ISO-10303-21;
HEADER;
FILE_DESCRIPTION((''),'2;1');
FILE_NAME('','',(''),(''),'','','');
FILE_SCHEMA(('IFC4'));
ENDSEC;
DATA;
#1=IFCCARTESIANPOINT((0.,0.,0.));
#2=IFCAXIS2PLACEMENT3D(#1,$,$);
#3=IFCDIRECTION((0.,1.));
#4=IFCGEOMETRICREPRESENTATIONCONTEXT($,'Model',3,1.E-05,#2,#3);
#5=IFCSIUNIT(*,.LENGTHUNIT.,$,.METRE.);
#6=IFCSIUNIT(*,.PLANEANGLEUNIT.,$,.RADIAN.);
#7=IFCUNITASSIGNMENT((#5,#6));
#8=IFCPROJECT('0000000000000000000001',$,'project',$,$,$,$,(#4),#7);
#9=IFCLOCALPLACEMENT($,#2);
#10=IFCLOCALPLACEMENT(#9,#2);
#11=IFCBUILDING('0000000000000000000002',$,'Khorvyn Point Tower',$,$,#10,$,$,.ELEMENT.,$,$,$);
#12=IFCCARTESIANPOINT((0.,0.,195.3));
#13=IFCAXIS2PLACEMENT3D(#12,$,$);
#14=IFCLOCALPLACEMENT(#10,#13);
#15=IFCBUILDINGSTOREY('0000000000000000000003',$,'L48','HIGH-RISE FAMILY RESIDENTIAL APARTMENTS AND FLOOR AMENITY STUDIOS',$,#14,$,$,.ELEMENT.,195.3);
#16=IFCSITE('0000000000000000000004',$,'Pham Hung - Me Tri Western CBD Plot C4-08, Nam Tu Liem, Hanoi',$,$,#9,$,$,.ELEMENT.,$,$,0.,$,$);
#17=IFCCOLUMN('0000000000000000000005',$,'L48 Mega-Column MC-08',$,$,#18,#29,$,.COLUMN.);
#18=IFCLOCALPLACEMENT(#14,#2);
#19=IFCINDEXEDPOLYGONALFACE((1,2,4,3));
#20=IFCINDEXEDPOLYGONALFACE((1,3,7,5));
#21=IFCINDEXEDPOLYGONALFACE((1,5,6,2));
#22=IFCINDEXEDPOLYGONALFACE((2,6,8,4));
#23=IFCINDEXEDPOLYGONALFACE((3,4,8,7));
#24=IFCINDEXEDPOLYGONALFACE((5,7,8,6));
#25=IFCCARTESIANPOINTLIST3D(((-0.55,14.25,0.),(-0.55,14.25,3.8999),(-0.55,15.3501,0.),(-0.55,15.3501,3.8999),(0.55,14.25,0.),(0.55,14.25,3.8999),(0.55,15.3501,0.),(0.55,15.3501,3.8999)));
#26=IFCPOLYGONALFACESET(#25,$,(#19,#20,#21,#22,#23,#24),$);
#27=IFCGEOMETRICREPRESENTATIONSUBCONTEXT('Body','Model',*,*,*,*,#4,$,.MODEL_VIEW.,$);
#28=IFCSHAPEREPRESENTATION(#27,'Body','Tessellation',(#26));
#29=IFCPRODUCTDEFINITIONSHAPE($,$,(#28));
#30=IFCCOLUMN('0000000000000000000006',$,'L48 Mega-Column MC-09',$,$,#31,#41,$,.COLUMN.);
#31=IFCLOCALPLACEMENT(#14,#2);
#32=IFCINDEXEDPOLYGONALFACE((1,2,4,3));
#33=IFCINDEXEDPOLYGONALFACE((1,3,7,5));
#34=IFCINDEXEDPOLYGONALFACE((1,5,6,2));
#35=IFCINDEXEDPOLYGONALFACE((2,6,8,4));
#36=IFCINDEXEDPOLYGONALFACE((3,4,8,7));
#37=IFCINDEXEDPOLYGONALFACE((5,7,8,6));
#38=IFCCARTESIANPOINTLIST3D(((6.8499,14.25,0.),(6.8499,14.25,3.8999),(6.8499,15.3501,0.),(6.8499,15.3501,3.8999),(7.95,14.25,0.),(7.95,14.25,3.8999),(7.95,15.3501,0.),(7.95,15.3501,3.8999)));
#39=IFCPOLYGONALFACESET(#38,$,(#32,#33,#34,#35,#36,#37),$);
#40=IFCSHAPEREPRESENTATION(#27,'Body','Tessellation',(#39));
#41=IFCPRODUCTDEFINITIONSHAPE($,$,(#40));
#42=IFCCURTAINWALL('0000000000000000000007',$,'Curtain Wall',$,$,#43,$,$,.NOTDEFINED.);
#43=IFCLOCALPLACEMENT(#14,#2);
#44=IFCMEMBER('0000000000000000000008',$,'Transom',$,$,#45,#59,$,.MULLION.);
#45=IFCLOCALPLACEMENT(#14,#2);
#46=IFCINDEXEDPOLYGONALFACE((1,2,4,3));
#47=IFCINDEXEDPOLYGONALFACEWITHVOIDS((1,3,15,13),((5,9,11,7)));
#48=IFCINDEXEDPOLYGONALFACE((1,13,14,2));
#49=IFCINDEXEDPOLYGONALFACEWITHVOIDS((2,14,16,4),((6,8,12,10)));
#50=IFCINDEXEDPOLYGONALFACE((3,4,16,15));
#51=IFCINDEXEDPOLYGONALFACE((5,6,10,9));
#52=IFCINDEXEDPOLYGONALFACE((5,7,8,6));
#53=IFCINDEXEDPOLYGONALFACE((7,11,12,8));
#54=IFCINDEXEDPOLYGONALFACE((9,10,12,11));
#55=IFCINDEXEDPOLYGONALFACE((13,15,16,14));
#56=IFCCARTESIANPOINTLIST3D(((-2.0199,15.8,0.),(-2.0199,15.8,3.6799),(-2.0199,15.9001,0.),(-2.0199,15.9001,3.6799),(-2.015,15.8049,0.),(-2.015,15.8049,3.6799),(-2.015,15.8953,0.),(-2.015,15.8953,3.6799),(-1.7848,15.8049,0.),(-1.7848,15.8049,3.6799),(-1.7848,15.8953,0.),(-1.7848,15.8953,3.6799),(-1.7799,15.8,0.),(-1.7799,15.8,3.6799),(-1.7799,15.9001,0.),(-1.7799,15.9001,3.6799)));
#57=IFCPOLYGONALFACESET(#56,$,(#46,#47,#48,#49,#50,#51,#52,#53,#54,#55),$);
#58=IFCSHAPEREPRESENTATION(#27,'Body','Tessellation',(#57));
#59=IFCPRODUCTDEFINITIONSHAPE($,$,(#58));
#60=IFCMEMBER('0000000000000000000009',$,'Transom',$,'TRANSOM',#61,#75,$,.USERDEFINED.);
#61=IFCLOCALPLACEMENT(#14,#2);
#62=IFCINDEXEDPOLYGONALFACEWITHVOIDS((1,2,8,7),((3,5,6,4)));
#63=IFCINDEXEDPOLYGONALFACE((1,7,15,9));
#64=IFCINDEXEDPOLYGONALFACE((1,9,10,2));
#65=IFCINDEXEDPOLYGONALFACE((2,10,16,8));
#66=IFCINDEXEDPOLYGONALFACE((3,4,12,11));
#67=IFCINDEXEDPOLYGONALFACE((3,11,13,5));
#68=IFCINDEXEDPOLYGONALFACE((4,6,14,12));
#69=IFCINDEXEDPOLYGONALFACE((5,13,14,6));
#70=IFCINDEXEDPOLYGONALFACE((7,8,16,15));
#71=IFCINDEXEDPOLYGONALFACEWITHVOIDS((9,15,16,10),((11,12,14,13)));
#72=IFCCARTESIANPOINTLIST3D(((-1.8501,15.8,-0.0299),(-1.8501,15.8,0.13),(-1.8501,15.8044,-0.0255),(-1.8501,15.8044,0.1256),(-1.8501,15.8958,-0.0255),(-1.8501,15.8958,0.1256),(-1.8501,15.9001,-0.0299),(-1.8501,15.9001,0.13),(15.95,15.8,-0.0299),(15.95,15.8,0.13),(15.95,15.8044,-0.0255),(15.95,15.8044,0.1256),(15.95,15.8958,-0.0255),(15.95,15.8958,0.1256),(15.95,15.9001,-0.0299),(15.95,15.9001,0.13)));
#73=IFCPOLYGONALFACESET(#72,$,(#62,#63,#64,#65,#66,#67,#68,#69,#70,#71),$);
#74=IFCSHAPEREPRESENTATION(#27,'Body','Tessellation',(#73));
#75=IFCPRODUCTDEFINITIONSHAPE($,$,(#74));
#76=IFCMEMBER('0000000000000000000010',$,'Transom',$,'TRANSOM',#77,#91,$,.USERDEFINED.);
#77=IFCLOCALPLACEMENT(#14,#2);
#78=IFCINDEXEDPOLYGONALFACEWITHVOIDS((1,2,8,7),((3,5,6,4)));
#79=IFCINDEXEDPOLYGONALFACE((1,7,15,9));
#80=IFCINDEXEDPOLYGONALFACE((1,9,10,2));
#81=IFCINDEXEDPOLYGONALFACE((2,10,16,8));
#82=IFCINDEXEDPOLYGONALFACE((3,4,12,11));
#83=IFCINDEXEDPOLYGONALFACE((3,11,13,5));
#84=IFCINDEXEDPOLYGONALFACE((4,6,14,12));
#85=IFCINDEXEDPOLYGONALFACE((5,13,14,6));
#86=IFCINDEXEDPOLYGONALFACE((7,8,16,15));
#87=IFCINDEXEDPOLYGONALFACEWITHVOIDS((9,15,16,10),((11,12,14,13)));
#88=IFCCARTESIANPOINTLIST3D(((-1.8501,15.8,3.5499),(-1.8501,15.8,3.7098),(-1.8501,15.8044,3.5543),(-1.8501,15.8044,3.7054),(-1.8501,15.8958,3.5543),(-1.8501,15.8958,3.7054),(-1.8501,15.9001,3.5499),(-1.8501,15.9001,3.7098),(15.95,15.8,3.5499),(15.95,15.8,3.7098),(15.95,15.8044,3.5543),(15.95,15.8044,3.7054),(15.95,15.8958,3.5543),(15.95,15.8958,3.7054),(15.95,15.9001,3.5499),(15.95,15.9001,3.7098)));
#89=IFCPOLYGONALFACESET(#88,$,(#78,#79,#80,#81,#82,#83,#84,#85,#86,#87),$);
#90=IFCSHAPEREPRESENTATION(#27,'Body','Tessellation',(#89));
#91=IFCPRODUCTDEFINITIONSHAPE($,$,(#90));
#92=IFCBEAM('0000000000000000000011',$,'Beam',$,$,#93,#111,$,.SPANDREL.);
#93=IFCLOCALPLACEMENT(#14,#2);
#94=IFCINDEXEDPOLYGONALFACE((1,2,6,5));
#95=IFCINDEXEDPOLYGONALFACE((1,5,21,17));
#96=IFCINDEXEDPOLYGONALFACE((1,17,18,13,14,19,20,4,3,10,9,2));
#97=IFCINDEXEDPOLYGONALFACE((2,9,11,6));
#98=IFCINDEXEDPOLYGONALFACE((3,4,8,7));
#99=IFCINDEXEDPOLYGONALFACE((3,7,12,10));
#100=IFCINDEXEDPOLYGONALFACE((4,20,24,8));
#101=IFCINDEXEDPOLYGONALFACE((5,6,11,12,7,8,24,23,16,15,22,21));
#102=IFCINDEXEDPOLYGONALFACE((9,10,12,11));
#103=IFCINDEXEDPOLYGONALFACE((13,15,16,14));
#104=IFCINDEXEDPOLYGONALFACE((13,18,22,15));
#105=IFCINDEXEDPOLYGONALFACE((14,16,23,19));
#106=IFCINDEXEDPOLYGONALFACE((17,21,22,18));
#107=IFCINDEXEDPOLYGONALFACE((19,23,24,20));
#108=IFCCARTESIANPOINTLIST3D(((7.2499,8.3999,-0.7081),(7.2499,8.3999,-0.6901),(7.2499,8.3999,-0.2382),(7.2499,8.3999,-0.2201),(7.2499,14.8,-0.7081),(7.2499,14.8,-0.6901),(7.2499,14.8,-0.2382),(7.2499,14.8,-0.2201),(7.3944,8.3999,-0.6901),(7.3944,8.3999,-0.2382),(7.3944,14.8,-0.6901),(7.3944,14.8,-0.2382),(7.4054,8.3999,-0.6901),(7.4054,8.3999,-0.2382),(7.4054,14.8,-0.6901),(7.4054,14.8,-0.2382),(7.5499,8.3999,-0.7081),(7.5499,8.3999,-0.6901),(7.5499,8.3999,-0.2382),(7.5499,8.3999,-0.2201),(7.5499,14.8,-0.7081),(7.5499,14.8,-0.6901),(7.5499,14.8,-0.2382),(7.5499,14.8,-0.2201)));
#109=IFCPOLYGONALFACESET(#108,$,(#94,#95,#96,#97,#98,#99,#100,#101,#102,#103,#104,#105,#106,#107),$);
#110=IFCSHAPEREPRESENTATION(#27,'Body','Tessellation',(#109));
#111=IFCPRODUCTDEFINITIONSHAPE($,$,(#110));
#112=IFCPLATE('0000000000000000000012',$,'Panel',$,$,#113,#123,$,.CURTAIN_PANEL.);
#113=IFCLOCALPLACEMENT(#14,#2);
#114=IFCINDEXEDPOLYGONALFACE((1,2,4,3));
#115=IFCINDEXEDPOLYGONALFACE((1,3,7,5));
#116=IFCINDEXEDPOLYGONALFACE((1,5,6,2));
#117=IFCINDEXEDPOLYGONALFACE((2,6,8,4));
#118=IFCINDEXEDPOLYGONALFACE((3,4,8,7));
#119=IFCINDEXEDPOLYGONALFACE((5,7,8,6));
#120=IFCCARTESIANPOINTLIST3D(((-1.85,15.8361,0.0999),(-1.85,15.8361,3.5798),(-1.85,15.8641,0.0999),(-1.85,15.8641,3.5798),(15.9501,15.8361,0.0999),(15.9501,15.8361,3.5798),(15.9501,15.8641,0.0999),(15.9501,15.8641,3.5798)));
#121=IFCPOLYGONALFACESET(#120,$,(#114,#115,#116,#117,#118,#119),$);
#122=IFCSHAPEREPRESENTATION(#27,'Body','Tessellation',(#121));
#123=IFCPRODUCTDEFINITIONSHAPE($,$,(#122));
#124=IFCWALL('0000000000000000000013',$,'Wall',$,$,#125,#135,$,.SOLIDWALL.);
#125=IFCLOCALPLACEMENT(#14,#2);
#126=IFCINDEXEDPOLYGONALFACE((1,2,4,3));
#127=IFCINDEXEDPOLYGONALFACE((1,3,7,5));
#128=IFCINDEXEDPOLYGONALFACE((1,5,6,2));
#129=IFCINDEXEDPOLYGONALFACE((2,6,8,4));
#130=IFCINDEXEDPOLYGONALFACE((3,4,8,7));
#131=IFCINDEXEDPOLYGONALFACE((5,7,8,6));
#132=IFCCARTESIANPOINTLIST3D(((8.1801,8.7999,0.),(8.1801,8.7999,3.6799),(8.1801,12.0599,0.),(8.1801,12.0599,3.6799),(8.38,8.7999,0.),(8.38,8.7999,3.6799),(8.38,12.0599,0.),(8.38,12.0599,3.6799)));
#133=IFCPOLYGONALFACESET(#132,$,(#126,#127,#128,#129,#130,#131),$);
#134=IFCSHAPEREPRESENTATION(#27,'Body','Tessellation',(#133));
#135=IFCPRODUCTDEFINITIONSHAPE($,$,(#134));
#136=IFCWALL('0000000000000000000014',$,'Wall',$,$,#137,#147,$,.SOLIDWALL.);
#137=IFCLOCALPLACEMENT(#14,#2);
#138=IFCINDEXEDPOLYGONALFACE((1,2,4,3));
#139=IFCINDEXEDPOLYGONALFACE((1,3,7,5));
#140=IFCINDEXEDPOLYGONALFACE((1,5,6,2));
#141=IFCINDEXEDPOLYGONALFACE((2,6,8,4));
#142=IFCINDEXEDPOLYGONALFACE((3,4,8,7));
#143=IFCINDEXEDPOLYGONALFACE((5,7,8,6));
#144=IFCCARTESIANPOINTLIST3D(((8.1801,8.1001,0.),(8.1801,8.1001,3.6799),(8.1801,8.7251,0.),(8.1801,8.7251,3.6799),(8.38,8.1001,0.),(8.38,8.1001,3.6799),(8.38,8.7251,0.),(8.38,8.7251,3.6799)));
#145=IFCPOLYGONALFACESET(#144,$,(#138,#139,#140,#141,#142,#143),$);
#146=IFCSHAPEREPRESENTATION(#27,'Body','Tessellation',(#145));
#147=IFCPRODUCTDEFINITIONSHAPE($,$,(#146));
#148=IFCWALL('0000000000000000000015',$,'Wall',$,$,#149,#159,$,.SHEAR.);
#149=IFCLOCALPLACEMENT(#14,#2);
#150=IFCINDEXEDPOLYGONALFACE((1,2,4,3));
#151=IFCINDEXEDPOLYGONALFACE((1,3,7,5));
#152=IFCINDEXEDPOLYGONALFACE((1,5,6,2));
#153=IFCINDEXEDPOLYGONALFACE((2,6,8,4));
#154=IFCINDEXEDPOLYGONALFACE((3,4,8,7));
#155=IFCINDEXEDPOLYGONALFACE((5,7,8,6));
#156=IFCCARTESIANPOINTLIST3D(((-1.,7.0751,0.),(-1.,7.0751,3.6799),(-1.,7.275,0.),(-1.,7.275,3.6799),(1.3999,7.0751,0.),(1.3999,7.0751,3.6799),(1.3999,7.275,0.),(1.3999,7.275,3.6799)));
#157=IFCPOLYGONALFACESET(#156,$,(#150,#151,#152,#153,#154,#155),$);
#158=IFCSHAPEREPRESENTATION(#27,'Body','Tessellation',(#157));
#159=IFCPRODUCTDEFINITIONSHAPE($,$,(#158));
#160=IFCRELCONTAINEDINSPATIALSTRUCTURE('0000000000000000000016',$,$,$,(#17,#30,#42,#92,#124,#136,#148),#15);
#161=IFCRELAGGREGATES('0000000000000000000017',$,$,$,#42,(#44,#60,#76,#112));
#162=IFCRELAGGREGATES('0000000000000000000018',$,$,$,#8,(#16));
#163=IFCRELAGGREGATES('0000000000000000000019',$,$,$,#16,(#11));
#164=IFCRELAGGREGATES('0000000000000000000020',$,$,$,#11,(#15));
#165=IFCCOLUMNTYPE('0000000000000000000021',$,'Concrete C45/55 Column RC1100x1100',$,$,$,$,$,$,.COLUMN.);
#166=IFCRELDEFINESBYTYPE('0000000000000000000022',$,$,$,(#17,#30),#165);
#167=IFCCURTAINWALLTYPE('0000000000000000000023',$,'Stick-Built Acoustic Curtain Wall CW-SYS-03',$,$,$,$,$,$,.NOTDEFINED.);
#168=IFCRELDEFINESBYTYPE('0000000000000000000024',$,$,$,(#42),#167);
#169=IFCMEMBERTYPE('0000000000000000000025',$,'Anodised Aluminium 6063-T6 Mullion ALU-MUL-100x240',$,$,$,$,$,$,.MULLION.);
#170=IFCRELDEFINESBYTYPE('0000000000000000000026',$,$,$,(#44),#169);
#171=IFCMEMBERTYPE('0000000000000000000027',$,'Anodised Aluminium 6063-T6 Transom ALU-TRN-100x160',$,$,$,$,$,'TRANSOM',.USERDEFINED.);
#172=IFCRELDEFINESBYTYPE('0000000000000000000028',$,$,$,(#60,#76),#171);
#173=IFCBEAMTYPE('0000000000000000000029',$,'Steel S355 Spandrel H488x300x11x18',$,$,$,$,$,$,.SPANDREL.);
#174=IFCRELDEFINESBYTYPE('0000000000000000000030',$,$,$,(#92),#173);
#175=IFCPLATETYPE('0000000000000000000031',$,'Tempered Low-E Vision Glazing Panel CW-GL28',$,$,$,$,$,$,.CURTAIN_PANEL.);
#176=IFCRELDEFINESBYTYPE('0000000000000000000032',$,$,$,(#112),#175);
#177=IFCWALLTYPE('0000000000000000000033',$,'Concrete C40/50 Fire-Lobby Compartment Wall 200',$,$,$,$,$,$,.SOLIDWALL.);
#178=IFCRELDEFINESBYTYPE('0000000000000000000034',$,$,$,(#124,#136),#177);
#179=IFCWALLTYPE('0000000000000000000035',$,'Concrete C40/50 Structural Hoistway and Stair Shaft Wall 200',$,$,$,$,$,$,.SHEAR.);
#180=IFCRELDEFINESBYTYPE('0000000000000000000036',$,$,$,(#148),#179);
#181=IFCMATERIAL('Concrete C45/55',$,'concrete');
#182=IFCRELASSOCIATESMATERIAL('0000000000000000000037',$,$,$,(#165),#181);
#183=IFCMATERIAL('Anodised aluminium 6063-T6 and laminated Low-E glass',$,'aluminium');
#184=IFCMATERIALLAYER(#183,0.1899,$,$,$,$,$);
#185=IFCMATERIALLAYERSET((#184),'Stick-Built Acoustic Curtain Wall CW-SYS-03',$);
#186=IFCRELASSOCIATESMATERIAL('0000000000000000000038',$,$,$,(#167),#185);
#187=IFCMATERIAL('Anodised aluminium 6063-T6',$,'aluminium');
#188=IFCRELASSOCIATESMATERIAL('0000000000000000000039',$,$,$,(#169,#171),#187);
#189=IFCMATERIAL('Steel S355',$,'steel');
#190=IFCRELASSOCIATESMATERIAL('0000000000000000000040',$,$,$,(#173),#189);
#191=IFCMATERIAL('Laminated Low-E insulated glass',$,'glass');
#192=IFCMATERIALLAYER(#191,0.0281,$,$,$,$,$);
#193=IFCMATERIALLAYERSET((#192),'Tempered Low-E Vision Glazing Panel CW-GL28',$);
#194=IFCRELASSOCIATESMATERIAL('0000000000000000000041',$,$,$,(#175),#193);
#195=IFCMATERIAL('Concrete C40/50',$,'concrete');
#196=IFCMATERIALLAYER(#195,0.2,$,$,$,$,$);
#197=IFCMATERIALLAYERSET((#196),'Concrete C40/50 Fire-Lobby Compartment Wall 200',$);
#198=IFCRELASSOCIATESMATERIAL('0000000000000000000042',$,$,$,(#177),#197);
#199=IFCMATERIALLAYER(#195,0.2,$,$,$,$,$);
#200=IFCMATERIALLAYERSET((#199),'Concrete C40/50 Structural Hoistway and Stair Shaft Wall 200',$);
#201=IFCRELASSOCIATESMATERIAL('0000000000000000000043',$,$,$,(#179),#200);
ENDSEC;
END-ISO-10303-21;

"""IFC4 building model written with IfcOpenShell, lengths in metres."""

from ifc_helpers import new_model, si_unit, direction, frame, frame_2d, origin, origin_2d, place, context, subcontext, project, spatial, rectangle, hollow_rectangle, i_section, extrude, material, layer, layer_set, material_profile, profile_set, type_object, element, aggregate, save


model = new_model("IFC4")

# Units and contexts
model_context = context("Model", 3, precision=1e-05, world=origin(), true_north=direction((0.0, 1.0)))
body_context = subcontext(model_context, "Body", "Model", "MODEL_VIEW")
ifc_project = project(units=[si_unit("LENGTHUNIT", "METRE"), si_unit("PLANEANGLEUNIT", "RADIAN")], contexts=[model_context])

# Site, building, storey
site_placement = place(None, origin())
site = spatial("IfcSite", under=ifc_project, at=site_placement, Name="Pham Hung - Me Tri Western CBD Plot C4-08, Nam Tu Liem, Hanoi", CompositionType="ELEMENT", RefElevation=0.0)
building_placement = place(site_placement, origin())
building = spatial("IfcBuilding", under=site, at=building_placement, Name="Khorvyn Point Tower", CompositionType="ELEMENT")
storey_placement = place(building_placement, frame((0.0, 0.0, 195.3)))
storey = spatial("IfcBuildingStorey", under=building, at=storey_placement, Name="L48", Description="HIGH-RISE FAMILY RESIDENTIAL APARTMENTS AND FLOOR AMENITY STUDIOS", CompositionType="ELEMENT", Elevation=195.3)

# Columns
ifc_material_1 = material(Name="Concrete C45/55", Category="concrete")
ifc_material_profile_1 = material_profile(ifc_material_1, rectangle(XDim=1.1001, YDim=1.1001, at=origin_2d()))
ifc_profile_set_1 = profile_set([ifc_material_profile_1], Name="Concrete C45/55 RC1100x1100")
column_type = type_object("IfcColumnType", Name="Concrete C45/55 Column RC1100x1100", PredefinedType="COLUMN", material=ifc_profile_set_1)
for number, where, z_axis, x_axis, name in (
    (1, (0.0, 14.8, 0.0), (0.0, 0.0, 1.0), (1.0, 0.0, 0.0), "L48 Mega-Column MC-08"),
    (2, (7.3999, 14.8, 0.0), (0.0, 0.0, 1.0), (1.0, 0.0, 0.0), "L48 Mega-Column MC-09"),
):
    element("IfcColumn", number, at=place(storey_placement, frame(where, z_axis=z_axis, x_axis=x_axis)), inside=storey, type_object=column_type, Name=name, PredefinedType="COLUMN", context=body_context, shape_type="SweptSolid", body=[
        extrude(rectangle(XDim=1.1001, YDim=1.1001, at=origin_2d()), origin(), (0.0, 0.0, 1.0), 3.8999),
    ])

# Curtain wall, members
ifc_material_2 = material(Name="Anodised aluminium 6063-T6 and laminated Low-E glass", Category="aluminium")
ifc_layer_1 = layer(ifc_material_2, 0.1899)
ifc_layer_set_1 = layer_set([ifc_layer_1], Name="Stick-Built Acoustic Curtain Wall CW-SYS-03")
curtain_wall_type = type_object("IfcCurtainWallType", Name="Stick-Built Acoustic Curtain Wall CW-SYS-03", PredefinedType="NOTDEFINED", material=ifc_layer_set_1)
curtain_wall_placement = place(storey_placement, origin())
curtain_wall = element("IfcCurtainWall", 3, at=curtain_wall_placement, inside=storey, type_object=curtain_wall_type, Name="Curtain Wall", PredefinedType="NOTDEFINED")
ifc_material_3 = material(Name="Anodised aluminium 6063-T6", Category="aluminium")
ifc_material_profile_2 = material_profile(ifc_material_3, hollow_rectangle(XDim=0.1001, YDim=0.24, WallThickness=0.0049, at=origin_2d()))
ifc_profile_set_2 = profile_set([ifc_material_profile_2], Name="Anodised aluminium 6063-T6 ALU-MUL-100x240")
member_type_1 = type_object("IfcMemberType", Name="Anodised Aluminium 6063-T6 Mullion ALU-MUL-100x240", PredefinedType="MULLION", material=ifc_profile_set_2)
member_1_placement = place(storey_placement, frame((-1.8999, 15.8501, 0.0), z_axis=(0.0, 0.0, 1.0), x_axis=(0.0, 1.0, 0.0)))
member_1 = element("IfcMember", 4, at=member_1_placement, type_object=member_type_1, Name="Transom", PredefinedType="MULLION", context=body_context, shape_type="SweptSolid", body=[
    extrude(hollow_rectangle(XDim=0.1001, YDim=0.24, WallThickness=0.0049, at=origin_2d()), origin(), (0.0, 0.0, 1.0), 3.6799),
])
ifc_material_profile_3 = material_profile(ifc_material_3, hollow_rectangle(XDim=0.1001, YDim=0.1599, WallThickness=0.0044, at=origin_2d()))
ifc_profile_set_3 = profile_set([ifc_material_profile_3], Name="Anodised aluminium 6063-T6 ALU-TRN-100x160")
member_type_2 = type_object("IfcMemberType", Name="Anodised Aluminium 6063-T6 Transom ALU-TRN-100x160", ElementType="TRANSOM", PredefinedType="USERDEFINED", material=ifc_profile_set_3)
member_2_placement = place(storey_placement, frame((-1.8501, 15.8501, 0.05), z_axis=(1.0, 0.0, 0.0), x_axis=(0.0, 1.0, 0.0)))
member_2 = element("IfcMember", 5, at=member_2_placement, type_object=member_type_2, Name="Transom", ObjectType="TRANSOM", PredefinedType="USERDEFINED", context=body_context, shape_type="SweptSolid", body=[
    extrude(hollow_rectangle(XDim=0.1001, YDim=0.1599, WallThickness=0.0044, at=origin_2d()), origin(), (0.0, 0.0, 1.0), 17.8),
])
member_3_placement = place(storey_placement, frame((-1.8501, 15.8501, 3.6299), z_axis=(1.0, 0.0, 0.0), x_axis=(0.0, 1.0, 0.0)))
member_3 = element("IfcMember", 6, at=member_3_placement, type_object=member_type_2, Name="Transom", ObjectType="TRANSOM", PredefinedType="USERDEFINED", context=body_context, shape_type="SweptSolid", body=[
    extrude(hollow_rectangle(XDim=0.1001, YDim=0.1599, WallThickness=0.0044, at=origin_2d()), origin(), (0.0, 0.0, 1.0), 17.8),
])

# Beam
ifc_material_4 = material(Name="Steel S355", Category="steel")
ifc_material_profile_4 = material_profile(ifc_material_4, i_section(OverallWidth=0.3, OverallDepth=0.488, WebThickness=0.011, FlangeThickness=0.0181, at=origin_2d()))
ifc_profile_set_4 = profile_set([ifc_material_profile_4], Name="Steel S355 H488x300x11x18")
beam_type = type_object("IfcBeamType", Name="Steel S355 Spandrel H488x300x11x18", PredefinedType="SPANDREL", material=ifc_profile_set_4)
beam_placement = place(storey_placement, frame((7.3999, 8.3999, -0.4641), z_axis=(0.0, 1.0, 0.0), x_axis=(-1.0, 0.0, 0.0)))
element("IfcBeam", 7, at=beam_placement, inside=storey, type_object=beam_type, Name="Beam", PredefinedType="SPANDREL", context=body_context, shape_type="SweptSolid", body=[
    extrude(i_section(OverallWidth=0.3, OverallDepth=0.488, WebThickness=0.011, FlangeThickness=0.0181, at=origin_2d()), origin(), (0.0, 0.0, 1.0), 6.4001),
])

# Plate
ifc_material_5 = material(Name="Laminated Low-E insulated glass", Category="glass")
ifc_layer_2 = layer(ifc_material_5, 0.0281)
ifc_layer_set_2 = layer_set([ifc_layer_2], Name="Tempered Low-E Vision Glazing Panel CW-GL28")
plate_type = type_object("IfcPlateType", Name="Tempered Low-E Vision Glazing Panel CW-GL28", PredefinedType="CURTAIN_PANEL", material=ifc_layer_set_2)
plate_placement = place(storey_placement, frame((7.05, 15.8501, 0.0999), z_axis=(0.0, 0.0, 1.0), x_axis=(1.0, 0.0, 0.0)))
plate = element("IfcPlate", 8, at=plate_placement, type_object=plate_type, Name="Panel", PredefinedType="CURTAIN_PANEL", context=body_context, shape_type="SweptSolid", body=[
    extrude(rectangle(XDim=17.8, YDim=0.0281, at=origin_2d()), origin(), (0.0, 0.0, 1.0), 3.48),
])
aggregate(curtain_wall, [member_1, member_2, member_3, plate])

# Shared definitions
ifc_material_6 = material(Name="Concrete C40/50", Category="concrete")
ifc_layer_3 = layer(ifc_material_6, 0.2)
ifc_layer_set_3 = layer_set([ifc_layer_3], Name="Concrete C40/50 Fire-Lobby Compartment Wall 200")
wall_type_1 = type_object("IfcWallType", Name="Concrete C40/50 Fire-Lobby Compartment Wall 200", PredefinedType="SOLIDWALL", material=ifc_layer_set_3)

# Walls
wall_1_placement = place(storey_placement, frame((8.28, 8.8, 0.0), z_axis=(0.0, 0.0, 1.0), x_axis=(0.0, 1.0, 0.0)))
element("IfcWall", 9, at=wall_1_placement, inside=storey, type_object=wall_type_1, Name="Wall", PredefinedType="SOLIDWALL", context=body_context, shape_type="SweptSolid", body=[
    extrude(rectangle(XDim=3.26, YDim=0.2, at=frame_2d((1.6299, 0.0))), origin(), (0.0, 0.0, 1.0), 3.6799),
])
wall_2_placement = place(storey_placement, frame((8.28, 8.1001, 0.0), z_axis=(0.0, 0.0, 1.0), x_axis=(0.0, 1.0, 0.0)))
element("IfcWall", 10, at=wall_2_placement, inside=storey, type_object=wall_type_1, Name="Wall", PredefinedType="SOLIDWALL", context=body_context, shape_type="SweptSolid", body=[
    extrude(rectangle(XDim=0.625, YDim=0.2, at=frame_2d((0.3125, 0.0))), origin(), (0.0, 0.0, 1.0), 3.6799),
])

# Wall
ifc_layer_4 = layer(ifc_material_6, 0.2)
ifc_layer_set_4 = layer_set([ifc_layer_4], Name="Concrete C40/50 Structural Hoistway and Stair Shaft Wall 200")
wall_type_2 = type_object("IfcWallType", Name="Concrete C40/50 Structural Hoistway and Stair Shaft Wall 200", PredefinedType="SHEAR", material=ifc_layer_set_4)
wall_3_placement = place(storey_placement, frame((-1.0, 7.175, 0.0), z_axis=(0.0, 0.0, 1.0), x_axis=(1.0, 0.0, 0.0)))
element("IfcWall", 11, at=wall_3_placement, inside=storey, type_object=wall_type_2, Name="Wall", PredefinedType="SHEAR", context=body_context, shape_type="SweptSolid", body=[
    extrude(rectangle(XDim=2.3999, YDim=0.2, at=frame_2d((1.2, 0.0))), origin(), (0.0, 0.0, 1.0), 3.6799),
])

save(model, "model.ifc")
